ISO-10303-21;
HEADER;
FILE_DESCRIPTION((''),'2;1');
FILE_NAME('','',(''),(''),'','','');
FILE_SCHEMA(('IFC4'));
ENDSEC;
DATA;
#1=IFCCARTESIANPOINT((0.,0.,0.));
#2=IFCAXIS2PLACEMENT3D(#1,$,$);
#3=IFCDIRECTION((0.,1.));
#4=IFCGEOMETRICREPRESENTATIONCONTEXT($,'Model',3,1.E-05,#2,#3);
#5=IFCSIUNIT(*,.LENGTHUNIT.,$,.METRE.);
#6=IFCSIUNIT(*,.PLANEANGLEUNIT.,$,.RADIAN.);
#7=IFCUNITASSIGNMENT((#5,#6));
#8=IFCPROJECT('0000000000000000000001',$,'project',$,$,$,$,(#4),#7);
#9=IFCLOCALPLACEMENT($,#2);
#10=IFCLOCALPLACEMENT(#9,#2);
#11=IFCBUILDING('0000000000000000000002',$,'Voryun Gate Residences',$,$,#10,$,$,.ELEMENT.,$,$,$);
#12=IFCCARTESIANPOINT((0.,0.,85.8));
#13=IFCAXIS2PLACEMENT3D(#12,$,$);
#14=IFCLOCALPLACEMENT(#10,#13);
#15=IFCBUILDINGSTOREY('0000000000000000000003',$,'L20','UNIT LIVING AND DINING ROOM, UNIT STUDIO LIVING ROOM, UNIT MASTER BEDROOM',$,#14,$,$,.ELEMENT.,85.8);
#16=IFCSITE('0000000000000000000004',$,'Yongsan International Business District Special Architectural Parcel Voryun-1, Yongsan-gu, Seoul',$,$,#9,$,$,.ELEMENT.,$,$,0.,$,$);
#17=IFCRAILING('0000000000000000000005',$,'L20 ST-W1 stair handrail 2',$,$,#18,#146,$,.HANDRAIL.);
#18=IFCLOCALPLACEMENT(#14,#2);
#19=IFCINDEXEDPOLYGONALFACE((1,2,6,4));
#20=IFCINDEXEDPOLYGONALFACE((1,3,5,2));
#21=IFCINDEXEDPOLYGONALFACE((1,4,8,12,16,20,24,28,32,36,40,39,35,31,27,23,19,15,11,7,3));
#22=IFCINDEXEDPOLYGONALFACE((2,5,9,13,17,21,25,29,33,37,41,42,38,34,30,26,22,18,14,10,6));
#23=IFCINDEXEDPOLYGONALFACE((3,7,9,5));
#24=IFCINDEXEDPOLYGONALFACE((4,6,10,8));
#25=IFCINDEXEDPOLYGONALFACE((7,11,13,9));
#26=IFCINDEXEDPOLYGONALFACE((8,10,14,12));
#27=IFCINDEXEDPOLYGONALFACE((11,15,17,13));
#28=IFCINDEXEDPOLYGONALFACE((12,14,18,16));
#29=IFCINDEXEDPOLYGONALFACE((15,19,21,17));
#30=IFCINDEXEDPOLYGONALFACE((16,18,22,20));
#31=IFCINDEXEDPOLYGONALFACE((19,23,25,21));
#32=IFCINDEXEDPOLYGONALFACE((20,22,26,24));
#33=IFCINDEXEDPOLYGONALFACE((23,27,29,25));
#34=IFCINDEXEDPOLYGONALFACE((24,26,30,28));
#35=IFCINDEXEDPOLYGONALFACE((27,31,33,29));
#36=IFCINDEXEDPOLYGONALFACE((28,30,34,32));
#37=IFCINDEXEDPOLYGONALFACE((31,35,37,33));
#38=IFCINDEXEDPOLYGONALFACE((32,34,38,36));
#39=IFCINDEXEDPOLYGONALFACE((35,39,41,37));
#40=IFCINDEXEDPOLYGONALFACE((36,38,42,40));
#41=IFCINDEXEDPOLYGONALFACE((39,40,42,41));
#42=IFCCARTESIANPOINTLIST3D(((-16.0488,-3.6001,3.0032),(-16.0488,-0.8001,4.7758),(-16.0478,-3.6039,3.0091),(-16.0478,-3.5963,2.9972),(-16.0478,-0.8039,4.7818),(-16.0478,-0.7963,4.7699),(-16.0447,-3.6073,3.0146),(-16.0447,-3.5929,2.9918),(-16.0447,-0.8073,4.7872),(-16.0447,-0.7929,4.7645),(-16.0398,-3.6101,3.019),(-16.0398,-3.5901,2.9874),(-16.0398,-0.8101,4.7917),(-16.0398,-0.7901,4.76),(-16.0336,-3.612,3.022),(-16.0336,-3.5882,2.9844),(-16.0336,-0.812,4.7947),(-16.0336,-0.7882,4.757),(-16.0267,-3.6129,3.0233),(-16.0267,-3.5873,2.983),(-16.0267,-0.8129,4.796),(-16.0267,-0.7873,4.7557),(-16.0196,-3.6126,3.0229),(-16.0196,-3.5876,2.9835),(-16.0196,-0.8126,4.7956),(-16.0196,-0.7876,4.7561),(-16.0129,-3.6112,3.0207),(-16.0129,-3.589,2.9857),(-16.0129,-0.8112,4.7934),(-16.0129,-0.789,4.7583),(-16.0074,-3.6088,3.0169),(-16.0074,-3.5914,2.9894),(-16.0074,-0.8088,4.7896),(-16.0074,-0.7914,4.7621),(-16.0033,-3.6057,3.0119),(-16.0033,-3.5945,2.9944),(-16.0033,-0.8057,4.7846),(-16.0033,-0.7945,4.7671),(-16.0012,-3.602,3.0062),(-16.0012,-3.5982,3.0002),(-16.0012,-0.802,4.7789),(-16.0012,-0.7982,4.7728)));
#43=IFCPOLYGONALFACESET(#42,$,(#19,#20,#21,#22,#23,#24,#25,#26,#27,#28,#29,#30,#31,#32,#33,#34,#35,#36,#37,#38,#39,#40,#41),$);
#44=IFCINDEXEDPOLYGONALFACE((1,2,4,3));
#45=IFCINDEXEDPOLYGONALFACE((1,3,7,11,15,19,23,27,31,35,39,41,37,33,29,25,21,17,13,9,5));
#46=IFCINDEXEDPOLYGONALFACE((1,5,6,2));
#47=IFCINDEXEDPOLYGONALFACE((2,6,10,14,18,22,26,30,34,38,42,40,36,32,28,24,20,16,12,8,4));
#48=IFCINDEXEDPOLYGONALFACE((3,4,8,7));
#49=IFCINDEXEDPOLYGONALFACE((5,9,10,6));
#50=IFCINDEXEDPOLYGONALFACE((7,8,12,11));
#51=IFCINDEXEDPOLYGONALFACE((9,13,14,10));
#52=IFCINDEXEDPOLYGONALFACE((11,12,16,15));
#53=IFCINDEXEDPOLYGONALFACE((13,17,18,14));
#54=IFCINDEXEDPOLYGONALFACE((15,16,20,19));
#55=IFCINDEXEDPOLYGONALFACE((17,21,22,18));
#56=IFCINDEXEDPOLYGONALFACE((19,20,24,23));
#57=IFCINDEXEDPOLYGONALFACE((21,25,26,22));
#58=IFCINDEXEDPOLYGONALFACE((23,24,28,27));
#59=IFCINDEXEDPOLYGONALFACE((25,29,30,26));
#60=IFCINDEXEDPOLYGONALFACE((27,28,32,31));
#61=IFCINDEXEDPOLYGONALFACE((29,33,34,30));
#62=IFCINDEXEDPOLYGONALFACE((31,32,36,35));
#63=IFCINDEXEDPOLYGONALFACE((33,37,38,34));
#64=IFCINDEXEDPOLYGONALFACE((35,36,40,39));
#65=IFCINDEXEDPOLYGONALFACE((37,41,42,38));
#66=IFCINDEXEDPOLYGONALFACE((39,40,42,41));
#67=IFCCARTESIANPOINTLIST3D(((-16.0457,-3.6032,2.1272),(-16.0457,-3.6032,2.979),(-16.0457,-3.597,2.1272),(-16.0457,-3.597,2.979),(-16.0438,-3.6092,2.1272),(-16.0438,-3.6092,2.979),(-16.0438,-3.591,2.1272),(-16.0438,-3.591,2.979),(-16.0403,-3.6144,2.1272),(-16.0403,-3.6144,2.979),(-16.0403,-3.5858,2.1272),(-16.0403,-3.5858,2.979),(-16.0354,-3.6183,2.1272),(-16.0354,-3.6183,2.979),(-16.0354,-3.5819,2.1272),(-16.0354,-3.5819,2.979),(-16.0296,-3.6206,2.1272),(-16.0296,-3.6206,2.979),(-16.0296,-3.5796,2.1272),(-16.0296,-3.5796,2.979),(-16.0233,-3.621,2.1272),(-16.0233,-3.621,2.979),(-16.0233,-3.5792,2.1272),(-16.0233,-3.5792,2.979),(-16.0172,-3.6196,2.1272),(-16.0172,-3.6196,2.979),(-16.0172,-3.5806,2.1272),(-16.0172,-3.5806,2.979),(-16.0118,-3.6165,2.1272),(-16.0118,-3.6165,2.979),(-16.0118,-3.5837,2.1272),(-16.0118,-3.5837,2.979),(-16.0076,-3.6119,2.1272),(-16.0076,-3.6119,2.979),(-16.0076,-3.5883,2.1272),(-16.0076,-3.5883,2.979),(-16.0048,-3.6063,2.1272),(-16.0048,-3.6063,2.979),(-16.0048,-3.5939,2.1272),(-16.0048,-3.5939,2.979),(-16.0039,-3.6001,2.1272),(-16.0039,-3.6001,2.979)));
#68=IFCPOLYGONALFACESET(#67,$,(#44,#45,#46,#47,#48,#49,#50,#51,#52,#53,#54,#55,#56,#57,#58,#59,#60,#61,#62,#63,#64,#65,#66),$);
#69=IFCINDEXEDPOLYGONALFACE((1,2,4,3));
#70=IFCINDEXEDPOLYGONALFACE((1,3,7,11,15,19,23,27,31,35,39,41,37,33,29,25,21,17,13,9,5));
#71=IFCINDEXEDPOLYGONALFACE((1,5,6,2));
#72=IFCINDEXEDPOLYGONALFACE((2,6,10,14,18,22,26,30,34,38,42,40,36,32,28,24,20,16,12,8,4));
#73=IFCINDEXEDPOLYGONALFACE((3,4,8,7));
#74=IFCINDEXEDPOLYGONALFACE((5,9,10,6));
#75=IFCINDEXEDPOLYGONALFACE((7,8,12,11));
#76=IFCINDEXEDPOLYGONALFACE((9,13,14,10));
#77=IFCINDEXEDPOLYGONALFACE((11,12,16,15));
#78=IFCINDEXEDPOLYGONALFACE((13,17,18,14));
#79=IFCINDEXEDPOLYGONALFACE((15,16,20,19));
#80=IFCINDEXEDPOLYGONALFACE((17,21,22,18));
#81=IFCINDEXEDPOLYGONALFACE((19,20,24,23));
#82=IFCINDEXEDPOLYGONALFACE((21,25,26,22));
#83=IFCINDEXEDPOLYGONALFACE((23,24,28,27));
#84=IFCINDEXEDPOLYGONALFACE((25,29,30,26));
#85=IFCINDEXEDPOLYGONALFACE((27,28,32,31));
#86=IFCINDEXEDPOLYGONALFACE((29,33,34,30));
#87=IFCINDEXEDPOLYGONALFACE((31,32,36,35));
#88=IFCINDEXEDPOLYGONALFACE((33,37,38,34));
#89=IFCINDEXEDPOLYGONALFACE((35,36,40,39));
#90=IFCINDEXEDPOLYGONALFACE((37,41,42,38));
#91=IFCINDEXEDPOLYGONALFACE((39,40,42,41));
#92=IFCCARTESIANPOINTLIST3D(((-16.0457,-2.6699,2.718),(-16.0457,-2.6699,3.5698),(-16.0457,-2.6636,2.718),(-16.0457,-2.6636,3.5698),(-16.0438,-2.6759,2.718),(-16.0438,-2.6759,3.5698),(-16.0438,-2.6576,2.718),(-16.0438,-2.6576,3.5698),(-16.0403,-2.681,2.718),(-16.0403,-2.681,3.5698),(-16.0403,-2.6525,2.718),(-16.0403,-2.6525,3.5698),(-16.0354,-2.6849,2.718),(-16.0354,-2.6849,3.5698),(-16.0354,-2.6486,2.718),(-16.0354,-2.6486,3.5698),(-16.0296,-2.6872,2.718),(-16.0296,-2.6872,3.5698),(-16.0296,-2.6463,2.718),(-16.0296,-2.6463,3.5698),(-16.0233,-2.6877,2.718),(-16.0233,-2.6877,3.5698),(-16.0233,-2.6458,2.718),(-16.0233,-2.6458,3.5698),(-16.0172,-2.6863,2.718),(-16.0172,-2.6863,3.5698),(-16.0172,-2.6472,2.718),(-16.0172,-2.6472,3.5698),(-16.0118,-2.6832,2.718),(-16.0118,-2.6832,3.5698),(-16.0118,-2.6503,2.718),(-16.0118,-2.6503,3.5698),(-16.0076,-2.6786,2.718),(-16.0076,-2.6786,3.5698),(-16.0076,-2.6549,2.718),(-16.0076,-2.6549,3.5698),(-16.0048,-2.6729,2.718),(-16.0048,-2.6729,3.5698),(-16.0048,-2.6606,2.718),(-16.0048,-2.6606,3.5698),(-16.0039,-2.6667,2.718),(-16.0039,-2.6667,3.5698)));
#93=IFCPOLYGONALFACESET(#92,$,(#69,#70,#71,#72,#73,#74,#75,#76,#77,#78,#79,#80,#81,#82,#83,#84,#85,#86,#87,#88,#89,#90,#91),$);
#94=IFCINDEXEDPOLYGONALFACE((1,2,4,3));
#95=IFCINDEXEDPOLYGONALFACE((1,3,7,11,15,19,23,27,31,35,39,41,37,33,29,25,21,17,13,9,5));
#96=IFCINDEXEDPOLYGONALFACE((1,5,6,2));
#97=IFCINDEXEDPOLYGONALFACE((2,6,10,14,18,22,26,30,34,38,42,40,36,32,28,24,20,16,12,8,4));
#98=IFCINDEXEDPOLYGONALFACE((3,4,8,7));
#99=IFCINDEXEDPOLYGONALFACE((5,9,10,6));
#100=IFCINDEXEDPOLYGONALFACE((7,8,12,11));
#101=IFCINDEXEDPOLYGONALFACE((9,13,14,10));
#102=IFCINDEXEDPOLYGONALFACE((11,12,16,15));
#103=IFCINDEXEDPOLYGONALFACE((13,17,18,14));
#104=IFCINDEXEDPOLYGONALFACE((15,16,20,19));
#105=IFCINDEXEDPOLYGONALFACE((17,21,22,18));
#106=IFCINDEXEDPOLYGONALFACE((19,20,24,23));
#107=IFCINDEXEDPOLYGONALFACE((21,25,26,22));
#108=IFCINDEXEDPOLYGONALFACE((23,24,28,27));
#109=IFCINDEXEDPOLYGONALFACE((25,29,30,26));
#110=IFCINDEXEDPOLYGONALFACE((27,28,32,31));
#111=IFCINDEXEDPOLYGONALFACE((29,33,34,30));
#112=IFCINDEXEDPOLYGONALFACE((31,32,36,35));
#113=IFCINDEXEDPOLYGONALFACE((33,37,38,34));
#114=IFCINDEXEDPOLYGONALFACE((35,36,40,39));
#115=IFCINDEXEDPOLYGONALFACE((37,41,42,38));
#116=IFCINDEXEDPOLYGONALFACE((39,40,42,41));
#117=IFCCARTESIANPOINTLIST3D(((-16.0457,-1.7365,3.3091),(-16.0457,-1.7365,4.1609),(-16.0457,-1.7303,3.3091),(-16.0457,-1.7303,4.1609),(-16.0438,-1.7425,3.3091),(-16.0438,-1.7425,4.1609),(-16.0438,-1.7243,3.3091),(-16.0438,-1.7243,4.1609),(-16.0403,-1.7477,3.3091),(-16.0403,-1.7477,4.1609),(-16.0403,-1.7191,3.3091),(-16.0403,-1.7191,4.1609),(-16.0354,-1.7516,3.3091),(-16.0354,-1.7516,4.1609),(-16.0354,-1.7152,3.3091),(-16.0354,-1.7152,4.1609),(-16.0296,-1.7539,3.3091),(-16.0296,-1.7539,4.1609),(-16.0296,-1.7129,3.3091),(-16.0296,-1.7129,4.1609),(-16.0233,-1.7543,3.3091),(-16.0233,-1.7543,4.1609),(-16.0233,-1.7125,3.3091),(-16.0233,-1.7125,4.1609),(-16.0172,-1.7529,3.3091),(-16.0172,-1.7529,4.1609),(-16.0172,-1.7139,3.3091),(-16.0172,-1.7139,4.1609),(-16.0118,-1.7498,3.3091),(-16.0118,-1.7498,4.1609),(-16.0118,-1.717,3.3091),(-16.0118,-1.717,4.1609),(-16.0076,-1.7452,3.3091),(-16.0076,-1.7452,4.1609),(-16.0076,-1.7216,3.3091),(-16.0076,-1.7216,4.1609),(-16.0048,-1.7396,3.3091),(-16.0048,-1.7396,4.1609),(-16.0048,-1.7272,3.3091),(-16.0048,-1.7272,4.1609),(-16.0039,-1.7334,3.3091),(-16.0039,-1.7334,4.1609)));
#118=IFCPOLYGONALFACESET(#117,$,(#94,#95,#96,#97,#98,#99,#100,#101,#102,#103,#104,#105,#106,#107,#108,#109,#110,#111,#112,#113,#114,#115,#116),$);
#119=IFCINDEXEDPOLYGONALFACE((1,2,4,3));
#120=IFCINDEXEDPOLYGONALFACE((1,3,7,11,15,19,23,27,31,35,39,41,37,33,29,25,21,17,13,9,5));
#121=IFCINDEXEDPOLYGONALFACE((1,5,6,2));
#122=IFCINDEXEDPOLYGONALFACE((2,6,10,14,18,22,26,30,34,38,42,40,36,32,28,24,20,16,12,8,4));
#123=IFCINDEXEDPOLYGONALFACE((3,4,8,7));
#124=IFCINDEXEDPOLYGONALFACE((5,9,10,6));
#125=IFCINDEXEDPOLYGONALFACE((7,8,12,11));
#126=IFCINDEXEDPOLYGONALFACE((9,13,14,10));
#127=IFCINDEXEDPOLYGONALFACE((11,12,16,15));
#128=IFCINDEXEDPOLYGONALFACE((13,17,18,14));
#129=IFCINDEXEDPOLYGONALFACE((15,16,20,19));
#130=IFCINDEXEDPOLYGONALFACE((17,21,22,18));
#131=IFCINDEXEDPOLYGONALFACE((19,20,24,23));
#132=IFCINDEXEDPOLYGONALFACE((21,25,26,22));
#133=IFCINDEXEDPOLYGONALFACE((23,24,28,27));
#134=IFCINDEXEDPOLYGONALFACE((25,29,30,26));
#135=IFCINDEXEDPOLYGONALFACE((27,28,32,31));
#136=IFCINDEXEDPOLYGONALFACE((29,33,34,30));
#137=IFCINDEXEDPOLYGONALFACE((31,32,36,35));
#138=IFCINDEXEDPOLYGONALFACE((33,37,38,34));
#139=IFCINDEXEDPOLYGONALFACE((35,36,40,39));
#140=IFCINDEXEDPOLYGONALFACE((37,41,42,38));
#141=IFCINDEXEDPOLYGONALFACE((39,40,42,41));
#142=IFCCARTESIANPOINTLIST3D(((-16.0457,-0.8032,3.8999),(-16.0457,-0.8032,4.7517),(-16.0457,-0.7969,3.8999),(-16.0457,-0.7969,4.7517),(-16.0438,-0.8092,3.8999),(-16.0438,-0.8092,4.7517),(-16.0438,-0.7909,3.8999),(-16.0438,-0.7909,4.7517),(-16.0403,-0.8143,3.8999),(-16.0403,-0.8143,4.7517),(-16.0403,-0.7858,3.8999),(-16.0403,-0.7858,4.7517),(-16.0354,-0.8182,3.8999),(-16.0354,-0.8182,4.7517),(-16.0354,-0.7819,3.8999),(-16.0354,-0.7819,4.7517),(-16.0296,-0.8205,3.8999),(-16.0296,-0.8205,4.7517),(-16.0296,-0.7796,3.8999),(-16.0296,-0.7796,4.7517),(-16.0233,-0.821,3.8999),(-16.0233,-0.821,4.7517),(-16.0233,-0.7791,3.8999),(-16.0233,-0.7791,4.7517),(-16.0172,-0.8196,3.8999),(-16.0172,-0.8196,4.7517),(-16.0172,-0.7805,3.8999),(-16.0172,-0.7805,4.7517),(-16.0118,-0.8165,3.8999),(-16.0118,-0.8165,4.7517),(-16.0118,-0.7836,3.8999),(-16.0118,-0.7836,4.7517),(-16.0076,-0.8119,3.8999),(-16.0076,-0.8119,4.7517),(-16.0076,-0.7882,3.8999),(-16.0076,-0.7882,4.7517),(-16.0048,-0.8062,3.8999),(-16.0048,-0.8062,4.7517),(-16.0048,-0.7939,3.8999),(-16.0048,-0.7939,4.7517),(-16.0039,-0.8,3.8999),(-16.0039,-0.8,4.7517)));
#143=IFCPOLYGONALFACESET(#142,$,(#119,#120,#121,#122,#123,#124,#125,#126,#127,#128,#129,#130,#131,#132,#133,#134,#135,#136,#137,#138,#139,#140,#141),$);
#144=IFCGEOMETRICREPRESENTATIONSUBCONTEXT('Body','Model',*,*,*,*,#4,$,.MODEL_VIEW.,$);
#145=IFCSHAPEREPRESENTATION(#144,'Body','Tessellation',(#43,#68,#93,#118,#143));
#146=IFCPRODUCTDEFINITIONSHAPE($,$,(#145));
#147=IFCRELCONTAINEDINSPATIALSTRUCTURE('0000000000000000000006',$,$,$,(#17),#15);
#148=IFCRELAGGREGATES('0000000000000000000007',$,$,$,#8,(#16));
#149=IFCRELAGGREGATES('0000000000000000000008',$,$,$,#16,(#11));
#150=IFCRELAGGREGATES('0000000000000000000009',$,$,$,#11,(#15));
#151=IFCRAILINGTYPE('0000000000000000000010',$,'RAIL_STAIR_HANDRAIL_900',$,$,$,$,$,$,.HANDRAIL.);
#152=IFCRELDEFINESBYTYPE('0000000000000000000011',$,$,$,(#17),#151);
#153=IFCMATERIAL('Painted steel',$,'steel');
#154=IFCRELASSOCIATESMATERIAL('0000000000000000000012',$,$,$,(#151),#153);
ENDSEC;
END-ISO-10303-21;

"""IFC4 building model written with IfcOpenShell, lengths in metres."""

from ifc_helpers import new_model, si_unit, direction, frame, origin, origin_2d, place, context, subcontext, project, spatial, circle, extrude, material, type_object, element, save


model = new_model("IFC4")

# Units and contexts
model_context = context("Model", 3, precision=1e-05, world=origin(), true_north=direction((0.0, 1.0)))
body_context = subcontext(model_context, "Body", "Model", "MODEL_VIEW")
ifc_project = project(units=[si_unit("LENGTHUNIT", "METRE"), si_unit("PLANEANGLEUNIT", "RADIAN")], contexts=[model_context])

# Site, building, storey
site_placement = place(None, origin())
site = spatial("IfcSite", under=ifc_project, at=site_placement, Name="Yongsan International Business District Special Architectural Parcel Voryun-1, Yongsan-gu, Seoul", CompositionType="ELEMENT", RefElevation=0.0)
building_placement = place(site_placement, origin())
building = spatial("IfcBuilding", under=site, at=building_placement, Name="Voryun Gate Residences", CompositionType="ELEMENT")
storey_placement = place(building_placement, frame((0.0, 0.0, 85.8)))
storey = spatial("IfcBuildingStorey", under=building, at=storey_placement, Name="L20", Description="UNIT LIVING AND DINING ROOM, UNIT STUDIO LIVING ROOM, UNIT MASTER BEDROOM", CompositionType="ELEMENT", Elevation=85.8)

# Railing
ifc_material_1 = material(Name="Painted steel", Category="steel")
railing_type = type_object("IfcRailingType", Name="RAIL_STAIR_HANDRAIL_900", PredefinedType="HANDRAIL", material=ifc_material_1)
railing_placement = place(storey_placement, frame((-16.0249, -3.6001, 2.1272)))
element("IfcRailing", 1, at=railing_placement, inside=storey, type_object=railing_type, Name="L20 ST-W1 stair handrail 2", PredefinedType="HANDRAIL", context=body_context, shape_type="SweptSolid", body=[
    extrude(circle(Radius=0.0239, at=origin_2d()), frame((0.0, 0.0, 0.876), z_axis=(0.0, 0.844909, 0.53491), x_axis=(-1.0, 0.0, 0.0)), (0.0, 0.0, 1.0), 3.314),
    extrude(circle(Radius=0.021, at=origin_2d()), origin(), (0.0, 0.0, 1.0), 0.8518),
    extrude(circle(Radius=0.021, at=origin_2d()), frame((0.0, 0.9333, 0.5908)), (0.0, 0.0, 1.0), 0.8518),
    extrude(circle(Radius=0.021, at=origin_2d()), frame((0.0, 1.8667, 1.1819)), (0.0, 0.0, 1.0), 0.8518),
    extrude(circle(Radius=0.021, at=origin_2d()), frame((0.0, 2.8, 1.7727)), (0.0, 0.0, 1.0), 0.8518),
])

save(model, "model.ifc")
